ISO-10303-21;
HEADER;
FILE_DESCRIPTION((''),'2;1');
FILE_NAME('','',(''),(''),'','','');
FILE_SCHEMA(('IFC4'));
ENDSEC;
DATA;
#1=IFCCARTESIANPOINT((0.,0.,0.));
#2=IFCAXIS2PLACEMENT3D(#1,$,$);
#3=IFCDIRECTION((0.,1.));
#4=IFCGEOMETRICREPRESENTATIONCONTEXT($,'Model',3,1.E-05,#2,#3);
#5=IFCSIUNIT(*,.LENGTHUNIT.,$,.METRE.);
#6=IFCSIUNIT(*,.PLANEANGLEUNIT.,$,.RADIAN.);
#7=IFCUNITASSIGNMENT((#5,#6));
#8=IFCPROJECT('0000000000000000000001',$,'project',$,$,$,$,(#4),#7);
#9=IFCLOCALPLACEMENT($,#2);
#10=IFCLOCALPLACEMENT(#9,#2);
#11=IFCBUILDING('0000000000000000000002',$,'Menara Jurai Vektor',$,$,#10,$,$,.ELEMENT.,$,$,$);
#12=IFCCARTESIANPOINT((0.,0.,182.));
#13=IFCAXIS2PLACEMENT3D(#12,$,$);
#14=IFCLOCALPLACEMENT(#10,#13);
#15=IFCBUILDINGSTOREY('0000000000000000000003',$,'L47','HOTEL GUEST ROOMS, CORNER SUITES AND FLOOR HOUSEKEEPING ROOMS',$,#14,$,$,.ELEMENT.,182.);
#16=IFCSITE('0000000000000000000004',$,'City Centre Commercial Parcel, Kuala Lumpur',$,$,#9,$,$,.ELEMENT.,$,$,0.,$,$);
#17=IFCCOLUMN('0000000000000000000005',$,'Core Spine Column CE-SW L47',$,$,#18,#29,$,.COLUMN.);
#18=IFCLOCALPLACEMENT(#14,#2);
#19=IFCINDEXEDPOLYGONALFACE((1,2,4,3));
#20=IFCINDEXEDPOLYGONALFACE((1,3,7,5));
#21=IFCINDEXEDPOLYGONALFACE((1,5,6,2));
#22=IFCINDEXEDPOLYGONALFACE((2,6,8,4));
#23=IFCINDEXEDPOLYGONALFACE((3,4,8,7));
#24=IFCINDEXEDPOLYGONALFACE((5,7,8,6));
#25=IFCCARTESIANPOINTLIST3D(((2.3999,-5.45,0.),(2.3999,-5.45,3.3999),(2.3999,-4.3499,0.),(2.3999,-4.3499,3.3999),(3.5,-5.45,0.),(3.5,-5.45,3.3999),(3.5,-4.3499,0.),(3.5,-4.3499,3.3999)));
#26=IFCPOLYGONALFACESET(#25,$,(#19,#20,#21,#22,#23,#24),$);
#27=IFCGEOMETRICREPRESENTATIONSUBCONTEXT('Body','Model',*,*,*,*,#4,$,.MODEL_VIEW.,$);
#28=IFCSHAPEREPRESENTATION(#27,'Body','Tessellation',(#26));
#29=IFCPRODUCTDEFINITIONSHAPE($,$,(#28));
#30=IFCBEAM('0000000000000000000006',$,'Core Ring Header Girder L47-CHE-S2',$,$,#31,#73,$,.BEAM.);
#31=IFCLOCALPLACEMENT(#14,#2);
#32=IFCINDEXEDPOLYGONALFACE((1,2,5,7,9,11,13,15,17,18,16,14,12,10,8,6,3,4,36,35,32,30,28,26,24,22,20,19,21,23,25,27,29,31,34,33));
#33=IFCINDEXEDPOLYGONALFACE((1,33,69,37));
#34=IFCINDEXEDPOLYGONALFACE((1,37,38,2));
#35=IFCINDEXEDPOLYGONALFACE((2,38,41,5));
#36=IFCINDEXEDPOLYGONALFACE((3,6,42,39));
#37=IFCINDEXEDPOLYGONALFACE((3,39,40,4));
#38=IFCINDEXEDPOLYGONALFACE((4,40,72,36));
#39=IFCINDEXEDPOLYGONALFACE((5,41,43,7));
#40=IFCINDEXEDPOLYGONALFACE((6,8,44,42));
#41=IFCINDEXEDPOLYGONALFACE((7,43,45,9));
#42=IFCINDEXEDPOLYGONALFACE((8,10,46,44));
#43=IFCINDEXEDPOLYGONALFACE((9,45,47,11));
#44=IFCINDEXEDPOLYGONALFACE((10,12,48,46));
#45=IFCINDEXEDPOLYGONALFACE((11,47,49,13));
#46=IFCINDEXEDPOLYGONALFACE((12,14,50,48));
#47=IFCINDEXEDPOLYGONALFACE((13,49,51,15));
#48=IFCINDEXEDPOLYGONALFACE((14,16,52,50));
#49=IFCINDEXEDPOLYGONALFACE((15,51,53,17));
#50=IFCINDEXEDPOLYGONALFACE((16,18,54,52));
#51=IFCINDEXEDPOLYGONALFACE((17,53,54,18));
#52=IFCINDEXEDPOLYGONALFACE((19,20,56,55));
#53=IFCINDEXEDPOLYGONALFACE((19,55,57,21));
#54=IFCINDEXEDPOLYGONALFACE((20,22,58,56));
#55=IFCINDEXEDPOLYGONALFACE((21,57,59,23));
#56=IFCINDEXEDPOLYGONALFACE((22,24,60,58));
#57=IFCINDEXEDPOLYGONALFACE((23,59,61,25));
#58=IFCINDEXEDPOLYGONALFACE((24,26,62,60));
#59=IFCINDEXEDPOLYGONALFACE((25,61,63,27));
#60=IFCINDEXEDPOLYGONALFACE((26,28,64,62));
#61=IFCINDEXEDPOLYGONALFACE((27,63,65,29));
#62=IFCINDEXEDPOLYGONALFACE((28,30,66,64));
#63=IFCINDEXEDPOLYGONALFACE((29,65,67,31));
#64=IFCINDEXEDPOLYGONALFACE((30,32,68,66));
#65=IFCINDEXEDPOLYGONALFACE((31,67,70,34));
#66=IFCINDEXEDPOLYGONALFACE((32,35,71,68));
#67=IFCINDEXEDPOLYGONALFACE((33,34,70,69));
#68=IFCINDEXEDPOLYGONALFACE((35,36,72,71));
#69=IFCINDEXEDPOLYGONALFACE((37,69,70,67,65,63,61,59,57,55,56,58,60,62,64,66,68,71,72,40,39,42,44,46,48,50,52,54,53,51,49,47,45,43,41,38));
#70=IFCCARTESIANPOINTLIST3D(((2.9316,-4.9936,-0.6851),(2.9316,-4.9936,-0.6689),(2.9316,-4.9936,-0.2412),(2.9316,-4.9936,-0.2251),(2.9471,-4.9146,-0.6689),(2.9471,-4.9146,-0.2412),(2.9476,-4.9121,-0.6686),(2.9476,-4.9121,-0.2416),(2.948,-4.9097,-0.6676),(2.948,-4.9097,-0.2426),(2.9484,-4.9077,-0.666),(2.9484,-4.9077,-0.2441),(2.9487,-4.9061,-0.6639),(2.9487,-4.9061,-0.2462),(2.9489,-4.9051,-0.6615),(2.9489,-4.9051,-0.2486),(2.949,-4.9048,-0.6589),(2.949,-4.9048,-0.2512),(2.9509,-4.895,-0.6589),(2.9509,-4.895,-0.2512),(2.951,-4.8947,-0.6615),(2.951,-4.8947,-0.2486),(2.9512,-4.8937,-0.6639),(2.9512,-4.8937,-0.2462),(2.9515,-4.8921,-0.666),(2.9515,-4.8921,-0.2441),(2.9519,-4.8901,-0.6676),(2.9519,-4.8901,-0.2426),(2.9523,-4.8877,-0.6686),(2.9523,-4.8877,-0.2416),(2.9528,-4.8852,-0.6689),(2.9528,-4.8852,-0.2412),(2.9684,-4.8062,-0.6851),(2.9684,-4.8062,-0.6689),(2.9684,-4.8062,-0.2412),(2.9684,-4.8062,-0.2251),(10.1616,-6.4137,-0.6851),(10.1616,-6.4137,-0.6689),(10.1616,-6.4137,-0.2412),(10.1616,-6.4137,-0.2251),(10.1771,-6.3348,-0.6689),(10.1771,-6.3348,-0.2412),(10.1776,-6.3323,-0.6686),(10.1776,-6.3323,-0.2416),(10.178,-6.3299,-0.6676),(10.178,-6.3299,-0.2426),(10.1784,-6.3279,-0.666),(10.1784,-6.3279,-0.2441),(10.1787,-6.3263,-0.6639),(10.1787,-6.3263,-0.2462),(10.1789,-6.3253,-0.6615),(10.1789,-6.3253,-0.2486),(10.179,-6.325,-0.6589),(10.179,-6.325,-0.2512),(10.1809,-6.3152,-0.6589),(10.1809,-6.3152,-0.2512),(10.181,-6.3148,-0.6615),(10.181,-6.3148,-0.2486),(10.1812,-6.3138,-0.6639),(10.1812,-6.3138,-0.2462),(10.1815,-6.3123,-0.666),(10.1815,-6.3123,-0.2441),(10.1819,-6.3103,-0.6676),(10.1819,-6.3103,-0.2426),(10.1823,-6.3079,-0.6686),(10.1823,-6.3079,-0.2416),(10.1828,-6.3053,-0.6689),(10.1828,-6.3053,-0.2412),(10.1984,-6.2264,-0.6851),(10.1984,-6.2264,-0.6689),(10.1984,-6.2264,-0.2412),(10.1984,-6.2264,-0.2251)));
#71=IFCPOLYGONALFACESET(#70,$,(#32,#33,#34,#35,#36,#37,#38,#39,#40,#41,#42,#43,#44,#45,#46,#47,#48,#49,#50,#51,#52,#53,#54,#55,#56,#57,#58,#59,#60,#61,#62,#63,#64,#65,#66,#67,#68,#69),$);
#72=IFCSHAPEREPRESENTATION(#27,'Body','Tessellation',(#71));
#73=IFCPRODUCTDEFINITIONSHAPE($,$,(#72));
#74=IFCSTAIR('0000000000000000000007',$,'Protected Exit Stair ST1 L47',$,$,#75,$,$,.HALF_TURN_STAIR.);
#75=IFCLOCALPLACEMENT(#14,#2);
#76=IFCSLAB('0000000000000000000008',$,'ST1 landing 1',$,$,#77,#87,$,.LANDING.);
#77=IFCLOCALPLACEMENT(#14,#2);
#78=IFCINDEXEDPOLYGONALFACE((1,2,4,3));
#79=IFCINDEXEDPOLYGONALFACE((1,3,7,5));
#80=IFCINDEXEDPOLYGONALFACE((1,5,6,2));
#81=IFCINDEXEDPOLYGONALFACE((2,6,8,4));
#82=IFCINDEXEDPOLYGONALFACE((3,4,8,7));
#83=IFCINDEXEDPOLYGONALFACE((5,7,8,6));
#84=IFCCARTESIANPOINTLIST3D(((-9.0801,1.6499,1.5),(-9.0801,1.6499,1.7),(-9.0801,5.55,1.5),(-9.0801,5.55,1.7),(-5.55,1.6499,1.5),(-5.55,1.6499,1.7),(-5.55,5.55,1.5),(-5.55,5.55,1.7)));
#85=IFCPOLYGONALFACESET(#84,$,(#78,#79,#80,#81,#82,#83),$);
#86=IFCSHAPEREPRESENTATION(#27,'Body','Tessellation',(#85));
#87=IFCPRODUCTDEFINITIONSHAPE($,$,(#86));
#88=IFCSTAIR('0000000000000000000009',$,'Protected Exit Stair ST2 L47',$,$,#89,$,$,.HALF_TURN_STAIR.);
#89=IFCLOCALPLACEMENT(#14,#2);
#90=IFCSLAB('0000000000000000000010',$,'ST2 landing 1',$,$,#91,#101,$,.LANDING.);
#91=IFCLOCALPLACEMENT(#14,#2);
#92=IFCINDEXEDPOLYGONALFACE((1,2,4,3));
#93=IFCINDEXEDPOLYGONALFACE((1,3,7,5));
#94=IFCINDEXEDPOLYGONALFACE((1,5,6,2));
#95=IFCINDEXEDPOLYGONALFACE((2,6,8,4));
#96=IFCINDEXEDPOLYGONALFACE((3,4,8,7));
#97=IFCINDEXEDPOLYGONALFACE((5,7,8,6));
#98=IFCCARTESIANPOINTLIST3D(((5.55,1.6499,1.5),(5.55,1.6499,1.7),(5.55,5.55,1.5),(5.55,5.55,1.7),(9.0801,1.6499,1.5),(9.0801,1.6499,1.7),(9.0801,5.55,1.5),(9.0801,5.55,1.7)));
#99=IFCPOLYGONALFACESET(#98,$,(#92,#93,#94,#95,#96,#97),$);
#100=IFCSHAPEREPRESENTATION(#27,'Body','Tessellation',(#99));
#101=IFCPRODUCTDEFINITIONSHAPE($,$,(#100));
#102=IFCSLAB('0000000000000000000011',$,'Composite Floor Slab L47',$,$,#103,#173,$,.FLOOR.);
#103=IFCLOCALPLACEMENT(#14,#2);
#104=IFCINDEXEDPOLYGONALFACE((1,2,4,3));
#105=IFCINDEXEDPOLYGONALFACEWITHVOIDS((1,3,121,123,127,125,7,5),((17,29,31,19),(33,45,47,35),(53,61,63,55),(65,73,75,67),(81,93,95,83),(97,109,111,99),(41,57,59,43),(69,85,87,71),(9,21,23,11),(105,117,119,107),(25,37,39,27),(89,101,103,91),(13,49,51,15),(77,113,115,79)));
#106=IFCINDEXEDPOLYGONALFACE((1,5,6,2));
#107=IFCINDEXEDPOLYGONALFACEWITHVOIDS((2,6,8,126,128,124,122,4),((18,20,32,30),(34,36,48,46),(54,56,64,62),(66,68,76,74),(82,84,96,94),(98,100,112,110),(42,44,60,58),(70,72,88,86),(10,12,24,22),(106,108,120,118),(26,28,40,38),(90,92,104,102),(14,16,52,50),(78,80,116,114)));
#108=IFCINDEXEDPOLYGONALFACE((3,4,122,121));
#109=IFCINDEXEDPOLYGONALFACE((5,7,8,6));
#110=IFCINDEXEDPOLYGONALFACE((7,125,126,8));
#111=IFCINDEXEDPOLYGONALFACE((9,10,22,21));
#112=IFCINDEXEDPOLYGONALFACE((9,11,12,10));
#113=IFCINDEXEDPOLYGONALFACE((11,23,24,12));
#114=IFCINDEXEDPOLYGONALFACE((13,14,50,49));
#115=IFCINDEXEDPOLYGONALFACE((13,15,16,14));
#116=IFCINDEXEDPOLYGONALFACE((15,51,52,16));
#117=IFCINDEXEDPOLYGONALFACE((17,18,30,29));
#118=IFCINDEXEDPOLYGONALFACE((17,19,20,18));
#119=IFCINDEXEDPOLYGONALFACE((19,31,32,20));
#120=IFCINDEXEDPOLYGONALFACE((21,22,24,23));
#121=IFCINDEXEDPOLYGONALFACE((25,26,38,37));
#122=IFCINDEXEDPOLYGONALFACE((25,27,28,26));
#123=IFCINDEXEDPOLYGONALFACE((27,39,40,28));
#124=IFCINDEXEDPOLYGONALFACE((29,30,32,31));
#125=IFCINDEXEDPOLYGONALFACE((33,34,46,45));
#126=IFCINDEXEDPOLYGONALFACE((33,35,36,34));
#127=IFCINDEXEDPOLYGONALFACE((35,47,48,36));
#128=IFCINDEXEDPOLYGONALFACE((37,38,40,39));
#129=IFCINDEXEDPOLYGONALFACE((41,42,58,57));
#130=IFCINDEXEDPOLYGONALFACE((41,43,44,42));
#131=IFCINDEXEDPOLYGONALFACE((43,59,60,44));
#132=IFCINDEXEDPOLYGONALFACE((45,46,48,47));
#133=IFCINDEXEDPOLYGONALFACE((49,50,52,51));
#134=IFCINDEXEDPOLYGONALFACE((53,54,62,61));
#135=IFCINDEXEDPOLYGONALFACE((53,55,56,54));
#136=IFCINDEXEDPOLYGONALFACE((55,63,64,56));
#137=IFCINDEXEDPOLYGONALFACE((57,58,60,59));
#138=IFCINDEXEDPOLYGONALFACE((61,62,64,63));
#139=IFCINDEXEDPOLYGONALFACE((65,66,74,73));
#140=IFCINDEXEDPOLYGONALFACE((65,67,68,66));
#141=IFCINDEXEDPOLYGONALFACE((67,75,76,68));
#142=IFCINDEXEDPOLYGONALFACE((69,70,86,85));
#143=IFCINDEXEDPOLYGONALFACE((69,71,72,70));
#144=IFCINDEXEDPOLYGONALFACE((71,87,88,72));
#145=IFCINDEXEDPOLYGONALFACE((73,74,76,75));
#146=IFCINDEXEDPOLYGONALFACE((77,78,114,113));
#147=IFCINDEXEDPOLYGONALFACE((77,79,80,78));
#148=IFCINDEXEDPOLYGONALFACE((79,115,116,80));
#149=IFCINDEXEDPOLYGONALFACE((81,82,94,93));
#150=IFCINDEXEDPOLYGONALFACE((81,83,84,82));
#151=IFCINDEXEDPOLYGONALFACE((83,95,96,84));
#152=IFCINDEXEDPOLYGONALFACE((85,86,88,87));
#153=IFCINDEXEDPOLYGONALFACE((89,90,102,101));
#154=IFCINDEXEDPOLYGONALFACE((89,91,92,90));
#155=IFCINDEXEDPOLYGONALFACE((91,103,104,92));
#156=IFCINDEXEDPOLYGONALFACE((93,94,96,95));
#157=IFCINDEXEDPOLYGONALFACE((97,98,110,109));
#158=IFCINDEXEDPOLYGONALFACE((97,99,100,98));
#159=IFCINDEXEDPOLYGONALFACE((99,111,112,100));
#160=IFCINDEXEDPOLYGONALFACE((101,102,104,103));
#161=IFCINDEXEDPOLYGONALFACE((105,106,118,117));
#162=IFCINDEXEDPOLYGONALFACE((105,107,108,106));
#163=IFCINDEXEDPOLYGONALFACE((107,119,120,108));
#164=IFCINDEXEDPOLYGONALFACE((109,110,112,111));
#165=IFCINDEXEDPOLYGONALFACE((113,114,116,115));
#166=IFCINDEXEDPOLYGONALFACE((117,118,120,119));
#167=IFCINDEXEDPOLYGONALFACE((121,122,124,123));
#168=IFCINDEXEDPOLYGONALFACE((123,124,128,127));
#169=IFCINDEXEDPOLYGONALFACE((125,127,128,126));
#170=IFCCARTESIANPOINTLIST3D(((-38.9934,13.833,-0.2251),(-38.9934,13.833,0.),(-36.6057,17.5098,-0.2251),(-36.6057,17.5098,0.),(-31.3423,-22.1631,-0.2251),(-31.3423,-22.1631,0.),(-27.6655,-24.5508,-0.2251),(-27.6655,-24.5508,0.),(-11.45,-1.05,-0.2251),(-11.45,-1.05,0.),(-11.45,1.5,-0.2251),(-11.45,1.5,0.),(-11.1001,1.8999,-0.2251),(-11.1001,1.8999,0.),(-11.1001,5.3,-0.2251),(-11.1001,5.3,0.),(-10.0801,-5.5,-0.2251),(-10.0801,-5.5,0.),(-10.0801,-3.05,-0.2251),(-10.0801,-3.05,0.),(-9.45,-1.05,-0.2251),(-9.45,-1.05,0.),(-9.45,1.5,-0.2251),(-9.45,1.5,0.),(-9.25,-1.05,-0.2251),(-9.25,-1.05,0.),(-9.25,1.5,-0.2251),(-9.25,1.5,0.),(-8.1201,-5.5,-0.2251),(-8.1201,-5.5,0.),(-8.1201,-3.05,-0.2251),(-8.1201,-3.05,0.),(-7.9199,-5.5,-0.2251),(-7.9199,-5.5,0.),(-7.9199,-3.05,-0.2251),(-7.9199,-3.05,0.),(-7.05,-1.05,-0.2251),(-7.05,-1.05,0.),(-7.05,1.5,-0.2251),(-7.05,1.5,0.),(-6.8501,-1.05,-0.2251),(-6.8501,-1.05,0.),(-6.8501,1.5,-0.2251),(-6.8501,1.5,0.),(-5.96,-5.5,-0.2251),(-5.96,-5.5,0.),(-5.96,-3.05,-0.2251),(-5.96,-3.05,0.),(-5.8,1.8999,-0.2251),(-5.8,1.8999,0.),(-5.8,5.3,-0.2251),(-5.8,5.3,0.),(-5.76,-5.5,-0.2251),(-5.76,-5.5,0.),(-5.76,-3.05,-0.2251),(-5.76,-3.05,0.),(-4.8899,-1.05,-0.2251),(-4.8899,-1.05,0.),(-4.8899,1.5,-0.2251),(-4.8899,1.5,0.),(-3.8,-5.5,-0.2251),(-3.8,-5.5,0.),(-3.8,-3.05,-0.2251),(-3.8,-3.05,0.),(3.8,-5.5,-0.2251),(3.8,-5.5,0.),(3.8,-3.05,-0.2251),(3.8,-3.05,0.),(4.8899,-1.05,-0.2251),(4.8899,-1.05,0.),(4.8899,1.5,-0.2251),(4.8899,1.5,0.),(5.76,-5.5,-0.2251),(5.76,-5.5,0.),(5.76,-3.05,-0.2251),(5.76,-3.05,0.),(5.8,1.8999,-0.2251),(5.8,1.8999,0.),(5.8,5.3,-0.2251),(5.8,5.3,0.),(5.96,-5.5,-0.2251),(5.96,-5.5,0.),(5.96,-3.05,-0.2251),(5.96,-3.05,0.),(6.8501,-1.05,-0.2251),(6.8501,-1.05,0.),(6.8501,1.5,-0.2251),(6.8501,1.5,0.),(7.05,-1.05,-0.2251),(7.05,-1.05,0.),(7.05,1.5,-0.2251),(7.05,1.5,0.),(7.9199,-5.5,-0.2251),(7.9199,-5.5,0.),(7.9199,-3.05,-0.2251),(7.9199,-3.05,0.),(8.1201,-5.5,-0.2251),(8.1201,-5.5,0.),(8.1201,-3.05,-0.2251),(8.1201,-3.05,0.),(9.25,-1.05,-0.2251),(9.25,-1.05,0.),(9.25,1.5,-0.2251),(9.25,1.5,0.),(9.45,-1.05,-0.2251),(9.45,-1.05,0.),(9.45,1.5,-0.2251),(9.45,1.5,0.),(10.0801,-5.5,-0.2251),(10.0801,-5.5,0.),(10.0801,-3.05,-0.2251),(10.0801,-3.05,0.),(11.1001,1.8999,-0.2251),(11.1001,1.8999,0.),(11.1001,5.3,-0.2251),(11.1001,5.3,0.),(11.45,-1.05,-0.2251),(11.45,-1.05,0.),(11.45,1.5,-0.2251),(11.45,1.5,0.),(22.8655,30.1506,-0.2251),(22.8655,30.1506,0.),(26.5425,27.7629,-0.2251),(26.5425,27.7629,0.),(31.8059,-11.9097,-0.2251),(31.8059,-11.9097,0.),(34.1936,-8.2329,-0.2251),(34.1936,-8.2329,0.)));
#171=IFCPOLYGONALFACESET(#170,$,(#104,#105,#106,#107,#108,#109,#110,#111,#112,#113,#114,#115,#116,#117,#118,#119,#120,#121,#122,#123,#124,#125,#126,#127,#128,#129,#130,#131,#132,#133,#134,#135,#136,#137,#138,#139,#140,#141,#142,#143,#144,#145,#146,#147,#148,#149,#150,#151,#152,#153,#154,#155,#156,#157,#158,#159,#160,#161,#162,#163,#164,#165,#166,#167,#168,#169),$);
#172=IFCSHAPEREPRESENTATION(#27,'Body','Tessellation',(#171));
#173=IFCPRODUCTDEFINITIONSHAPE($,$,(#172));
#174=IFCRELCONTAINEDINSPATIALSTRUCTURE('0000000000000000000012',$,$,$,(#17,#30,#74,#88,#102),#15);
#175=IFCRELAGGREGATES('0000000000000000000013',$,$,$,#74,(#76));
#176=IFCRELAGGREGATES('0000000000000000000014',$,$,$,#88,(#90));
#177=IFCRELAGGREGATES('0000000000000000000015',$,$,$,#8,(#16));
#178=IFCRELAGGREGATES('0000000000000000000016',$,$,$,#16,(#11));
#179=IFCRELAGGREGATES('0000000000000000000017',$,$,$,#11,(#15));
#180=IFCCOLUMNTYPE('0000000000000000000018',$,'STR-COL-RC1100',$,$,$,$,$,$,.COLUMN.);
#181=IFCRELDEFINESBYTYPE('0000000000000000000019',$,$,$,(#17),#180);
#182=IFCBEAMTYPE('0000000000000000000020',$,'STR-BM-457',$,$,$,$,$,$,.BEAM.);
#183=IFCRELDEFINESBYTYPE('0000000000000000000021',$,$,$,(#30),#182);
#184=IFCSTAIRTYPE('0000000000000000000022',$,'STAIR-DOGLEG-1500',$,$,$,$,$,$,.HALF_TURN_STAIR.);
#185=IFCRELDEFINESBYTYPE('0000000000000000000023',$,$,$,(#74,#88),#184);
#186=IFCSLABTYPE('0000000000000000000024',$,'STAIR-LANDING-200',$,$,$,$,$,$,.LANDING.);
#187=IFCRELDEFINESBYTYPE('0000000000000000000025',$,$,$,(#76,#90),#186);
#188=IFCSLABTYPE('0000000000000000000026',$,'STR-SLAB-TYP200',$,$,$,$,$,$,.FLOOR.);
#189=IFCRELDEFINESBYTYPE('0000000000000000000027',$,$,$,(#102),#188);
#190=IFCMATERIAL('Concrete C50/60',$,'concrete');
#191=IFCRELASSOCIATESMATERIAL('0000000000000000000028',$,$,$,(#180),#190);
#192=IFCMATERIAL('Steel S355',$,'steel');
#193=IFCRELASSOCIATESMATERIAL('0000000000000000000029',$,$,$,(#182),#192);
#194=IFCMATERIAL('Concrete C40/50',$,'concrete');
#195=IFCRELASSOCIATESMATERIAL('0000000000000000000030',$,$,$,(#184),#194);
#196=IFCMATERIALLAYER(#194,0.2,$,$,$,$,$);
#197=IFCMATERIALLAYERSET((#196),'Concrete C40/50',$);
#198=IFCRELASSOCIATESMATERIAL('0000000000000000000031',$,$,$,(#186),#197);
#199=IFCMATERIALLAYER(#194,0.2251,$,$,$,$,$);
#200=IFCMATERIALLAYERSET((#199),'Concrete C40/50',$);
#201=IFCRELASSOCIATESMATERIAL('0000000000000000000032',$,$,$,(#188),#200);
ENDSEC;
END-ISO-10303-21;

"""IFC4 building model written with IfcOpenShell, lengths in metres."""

from ifc_helpers import new_model, si_unit, direction, frame, origin, origin_2d, place, context, subcontext, project, spatial, polyline, rectangle, i_section, outline, extrude, material, layer, layer_set, material_profile, profile_set, type_object, element, aggregate, save


model = new_model("IFC4")

# Units and contexts
model_context = context("Model", 3, precision=1e-05, world=origin(), true_north=direction((0.0, 1.0)))
body_context = subcontext(model_context, "Body", "Model", "MODEL_VIEW")
ifc_project = project(units=[si_unit("LENGTHUNIT", "METRE"), si_unit("PLANEANGLEUNIT", "RADIAN")], contexts=[model_context])

# Site, building, storey
site_placement = place(None, origin())
site = spatial("IfcSite", under=ifc_project, at=site_placement, Name="City Centre Commercial Parcel, Kuala Lumpur", CompositionType="ELEMENT", RefElevation=0.0)
building_placement = place(site_placement, origin())
building = spatial("IfcBuilding", under=site, at=building_placement, Name="Menara Jurai Vektor", CompositionType="ELEMENT")
storey_placement = place(building_placement, frame((0.0, 0.0, 182.0)))
storey = spatial("IfcBuildingStorey", under=building, at=storey_placement, Name="L47", Description="HOTEL GUEST ROOMS, CORNER SUITES AND FLOOR HOUSEKEEPING ROOMS", CompositionType="ELEMENT", Elevation=182.0)

# Column
ifc_material_1 = material(Name="Concrete C50/60", Category="concrete")
ifc_material_profile_1 = material_profile(ifc_material_1, rectangle(XDim=1.1001, YDim=1.1001, at=origin_2d()), Name="RC 1100x1100")
ifc_profile_set_1 = profile_set([ifc_material_profile_1], Name="Concrete C50/60")
column_type = type_object("IfcColumnType", Name="STR-COL-RC1100", PredefinedType="COLUMN", material=ifc_profile_set_1)
column_placement = place(storey_placement, frame((2.95, -4.8999, 0.0), z_axis=(0.0, 0.0, 1.0), x_axis=(1.0, 0.0, 0.0)))
element("IfcColumn", 1, at=column_placement, inside=storey, type_object=column_type, Name="Core Spine Column CE-SW L47", PredefinedType="COLUMN", context=body_context, shape_type="SweptSolid", body=[
    extrude(rectangle(XDim=1.1001, YDim=1.1001, at=origin_2d()), origin(), (0.0, 0.0, 1.0), 3.3999),
])

# Beam
ifc_material_2 = material(Name="Steel S355", Category="steel")
ifc_material_profile_2 = material_profile(ifc_material_2, i_section(OverallWidth=0.1909, OverallDepth=0.46, WebThickness=0.01, FlangeThickness=0.0161, FilletRadius=0.01, at=origin_2d()), Name="UKB 457x191x82")
ifc_profile_set_2 = profile_set([ifc_material_profile_2], Name="Steel S355")
beam_type = type_object("IfcBeamType", Name="STR-BM-457", PredefinedType="BEAM", material=ifc_profile_set_2)
beam_placement = place(storey_placement, frame((2.95, -4.8999, -0.4551), z_axis=(0.981249, -0.192744, 0.0), x_axis=(0.192744, 0.981249, 0.0)))
element("IfcBeam", 2, at=beam_placement, inside=storey, type_object=beam_type, Name="Core Ring Header Girder L47-CHE-S2", PredefinedType="BEAM", context=body_context, shape_type="SweptSolid", body=[
    extrude(i_section(OverallWidth=0.1909, OverallDepth=0.46, WebThickness=0.01, FlangeThickness=0.0161, FilletRadius=0.01, at=origin_2d()), origin(), (0.0, 0.0, 1.0), 7.3682),
])

# Stairs, slabs
ifc_material_3 = material(Name="Concrete C40/50", Category="concrete")
stair_type = type_object("IfcStairType", Name="STAIR-DOGLEG-1500", PredefinedType="HALF_TURN_STAIR", material=ifc_material_3)
stair_1_placement = place(storey_placement, origin())
stair_1 = element("IfcStair", 3, at=stair_1_placement, inside=storey, type_object=stair_type, Name="Protected Exit Stair ST1 L47", PredefinedType="HALF_TURN_STAIR")
ifc_layer_1 = layer(ifc_material_3, 0.2)
ifc_layer_set_1 = layer_set([ifc_layer_1], Name="Concrete C40/50")
slab_type_1 = type_object("IfcSlabType", Name="STAIR-LANDING-200", PredefinedType="LANDING", material=ifc_layer_set_1)
slab_1_placement = place(storey_placement, frame((0.0, 0.0, 1.5)))
slab_1 = element("IfcSlab", 4, at=slab_1_placement, type_object=slab_type_1, Name="ST1 landing 1", PredefinedType="LANDING", context=body_context, shape_type="SweptSolid", body=[
    extrude(outline(polyline([(-9.0801, 1.6499), (-5.55, 1.6499), (-5.55, 5.55), (-9.0801, 5.55), (-9.0801, 1.6499)])), origin(), (0.0, 0.0, 1.0), 0.2),
])
aggregate(stair_1, [slab_1])
stair_2_placement = place(storey_placement, origin())
stair_2 = element("IfcStair", 5, at=stair_2_placement, inside=storey, type_object=stair_type, Name="Protected Exit Stair ST2 L47", PredefinedType="HALF_TURN_STAIR")
slab_2_placement = place(storey_placement, frame((0.0, 0.0, 1.5)))
slab_2 = element("IfcSlab", 6, at=slab_2_placement, type_object=slab_type_1, Name="ST2 landing 1", PredefinedType="LANDING", context=body_context, shape_type="SweptSolid", body=[
    extrude(outline(polyline([(5.55, 1.6499), (9.0801, 1.6499), (9.0801, 5.55), (5.55, 5.55), (5.55, 1.6499)])), origin(), (0.0, 0.0, 1.0), 0.2),
])
aggregate(stair_2, [slab_2])

# Slab
ifc_layer_2 = layer(ifc_material_3, 0.2251)
ifc_layer_set_2 = layer_set([ifc_layer_2], Name="Concrete C40/50")
slab_type_2 = type_object("IfcSlabType", Name="STR-SLAB-TYP200", PredefinedType="FLOOR", material=ifc_layer_set_2)
slab_3_placement = place(storey_placement, frame((0.0, 0.0, -0.2251)))
element("IfcSlab", 7, at=slab_3_placement, inside=storey, type_object=slab_type_2, Name="Composite Floor Slab L47", PredefinedType="FLOOR", context=body_context, shape_type="SweptSolid", body=[
    extrude(outline(polyline([(-27.6655, -24.5508), (31.8059, -11.9097), (34.1936, -8.2329), (26.5425, 27.7629), (22.8655, 30.1506), (-36.6057, 17.5098), (-38.9934, 13.833), (-31.3423, -22.1631), (-27.6655, -24.5508)]), holes=[polyline([(-11.1001, 1.8999), (-11.1001, 5.3), (-5.8, 5.3), (-5.8, 1.8999), (-11.1001, 1.8999)]), polyline([(5.8, 1.8999), (5.8, 5.3), (11.1001, 5.3), (11.1001, 1.8999), (5.8, 1.8999)]), polyline([(-11.45, -1.05), (-11.45, 1.5), (-9.45, 1.5), (-9.45, -1.05), (-11.45, -1.05)]), polyline([(9.45, -1.05), (9.45, 1.5), (11.45, 1.5), (11.45, -1.05), (9.45, -1.05)]), polyline([(-5.76, -5.5), (-5.76, -3.05), (-3.8, -3.05), (-3.8, -5.5), (-5.76, -5.5)]), polyline([(-6.8501, -1.05), (-6.8501, 1.5), (-4.8899, 1.5), (-4.8899, -1.05), (-6.8501, -1.05)]), polyline([(3.8, -5.5), (3.8, -3.05), (5.76, -3.05), (5.76, -5.5), (3.8, -5.5)]), polyline([(4.8899, -1.05), (4.8899, 1.5), (6.8501, 1.5), (6.8501, -1.05), (4.8899, -1.05)]), polyline([(-10.0801, -5.5), (-10.0801, -3.05), (-8.1201, -3.05), (-8.1201, -5.5), (-10.0801, -5.5)]), polyline([(-7.9199, -5.5), (-7.9199, -3.05), (-5.96, -3.05), (-5.96, -5.5), (-7.9199, -5.5)]), polyline([(5.96, -5.5), (5.96, -3.05), (7.9199, -3.05), (7.9199, -5.5), (5.96, -5.5)]), polyline([(8.1201, -5.5), (8.1201, -3.05), (10.0801, -3.05), (10.0801, -5.5), (8.1201, -5.5)]), polyline([(-9.25, -1.05), (-9.25, 1.5), (-7.05, 1.5), (-7.05, -1.05), (-9.25, -1.05)]), polyline([(7.05, -1.05), (7.05, 1.5), (9.25, 1.5), (9.25, -1.05), (7.05, -1.05)])]), origin(), (0.0, 0.0, 1.0), 0.2251),
])

save(model, "model.ifc")
